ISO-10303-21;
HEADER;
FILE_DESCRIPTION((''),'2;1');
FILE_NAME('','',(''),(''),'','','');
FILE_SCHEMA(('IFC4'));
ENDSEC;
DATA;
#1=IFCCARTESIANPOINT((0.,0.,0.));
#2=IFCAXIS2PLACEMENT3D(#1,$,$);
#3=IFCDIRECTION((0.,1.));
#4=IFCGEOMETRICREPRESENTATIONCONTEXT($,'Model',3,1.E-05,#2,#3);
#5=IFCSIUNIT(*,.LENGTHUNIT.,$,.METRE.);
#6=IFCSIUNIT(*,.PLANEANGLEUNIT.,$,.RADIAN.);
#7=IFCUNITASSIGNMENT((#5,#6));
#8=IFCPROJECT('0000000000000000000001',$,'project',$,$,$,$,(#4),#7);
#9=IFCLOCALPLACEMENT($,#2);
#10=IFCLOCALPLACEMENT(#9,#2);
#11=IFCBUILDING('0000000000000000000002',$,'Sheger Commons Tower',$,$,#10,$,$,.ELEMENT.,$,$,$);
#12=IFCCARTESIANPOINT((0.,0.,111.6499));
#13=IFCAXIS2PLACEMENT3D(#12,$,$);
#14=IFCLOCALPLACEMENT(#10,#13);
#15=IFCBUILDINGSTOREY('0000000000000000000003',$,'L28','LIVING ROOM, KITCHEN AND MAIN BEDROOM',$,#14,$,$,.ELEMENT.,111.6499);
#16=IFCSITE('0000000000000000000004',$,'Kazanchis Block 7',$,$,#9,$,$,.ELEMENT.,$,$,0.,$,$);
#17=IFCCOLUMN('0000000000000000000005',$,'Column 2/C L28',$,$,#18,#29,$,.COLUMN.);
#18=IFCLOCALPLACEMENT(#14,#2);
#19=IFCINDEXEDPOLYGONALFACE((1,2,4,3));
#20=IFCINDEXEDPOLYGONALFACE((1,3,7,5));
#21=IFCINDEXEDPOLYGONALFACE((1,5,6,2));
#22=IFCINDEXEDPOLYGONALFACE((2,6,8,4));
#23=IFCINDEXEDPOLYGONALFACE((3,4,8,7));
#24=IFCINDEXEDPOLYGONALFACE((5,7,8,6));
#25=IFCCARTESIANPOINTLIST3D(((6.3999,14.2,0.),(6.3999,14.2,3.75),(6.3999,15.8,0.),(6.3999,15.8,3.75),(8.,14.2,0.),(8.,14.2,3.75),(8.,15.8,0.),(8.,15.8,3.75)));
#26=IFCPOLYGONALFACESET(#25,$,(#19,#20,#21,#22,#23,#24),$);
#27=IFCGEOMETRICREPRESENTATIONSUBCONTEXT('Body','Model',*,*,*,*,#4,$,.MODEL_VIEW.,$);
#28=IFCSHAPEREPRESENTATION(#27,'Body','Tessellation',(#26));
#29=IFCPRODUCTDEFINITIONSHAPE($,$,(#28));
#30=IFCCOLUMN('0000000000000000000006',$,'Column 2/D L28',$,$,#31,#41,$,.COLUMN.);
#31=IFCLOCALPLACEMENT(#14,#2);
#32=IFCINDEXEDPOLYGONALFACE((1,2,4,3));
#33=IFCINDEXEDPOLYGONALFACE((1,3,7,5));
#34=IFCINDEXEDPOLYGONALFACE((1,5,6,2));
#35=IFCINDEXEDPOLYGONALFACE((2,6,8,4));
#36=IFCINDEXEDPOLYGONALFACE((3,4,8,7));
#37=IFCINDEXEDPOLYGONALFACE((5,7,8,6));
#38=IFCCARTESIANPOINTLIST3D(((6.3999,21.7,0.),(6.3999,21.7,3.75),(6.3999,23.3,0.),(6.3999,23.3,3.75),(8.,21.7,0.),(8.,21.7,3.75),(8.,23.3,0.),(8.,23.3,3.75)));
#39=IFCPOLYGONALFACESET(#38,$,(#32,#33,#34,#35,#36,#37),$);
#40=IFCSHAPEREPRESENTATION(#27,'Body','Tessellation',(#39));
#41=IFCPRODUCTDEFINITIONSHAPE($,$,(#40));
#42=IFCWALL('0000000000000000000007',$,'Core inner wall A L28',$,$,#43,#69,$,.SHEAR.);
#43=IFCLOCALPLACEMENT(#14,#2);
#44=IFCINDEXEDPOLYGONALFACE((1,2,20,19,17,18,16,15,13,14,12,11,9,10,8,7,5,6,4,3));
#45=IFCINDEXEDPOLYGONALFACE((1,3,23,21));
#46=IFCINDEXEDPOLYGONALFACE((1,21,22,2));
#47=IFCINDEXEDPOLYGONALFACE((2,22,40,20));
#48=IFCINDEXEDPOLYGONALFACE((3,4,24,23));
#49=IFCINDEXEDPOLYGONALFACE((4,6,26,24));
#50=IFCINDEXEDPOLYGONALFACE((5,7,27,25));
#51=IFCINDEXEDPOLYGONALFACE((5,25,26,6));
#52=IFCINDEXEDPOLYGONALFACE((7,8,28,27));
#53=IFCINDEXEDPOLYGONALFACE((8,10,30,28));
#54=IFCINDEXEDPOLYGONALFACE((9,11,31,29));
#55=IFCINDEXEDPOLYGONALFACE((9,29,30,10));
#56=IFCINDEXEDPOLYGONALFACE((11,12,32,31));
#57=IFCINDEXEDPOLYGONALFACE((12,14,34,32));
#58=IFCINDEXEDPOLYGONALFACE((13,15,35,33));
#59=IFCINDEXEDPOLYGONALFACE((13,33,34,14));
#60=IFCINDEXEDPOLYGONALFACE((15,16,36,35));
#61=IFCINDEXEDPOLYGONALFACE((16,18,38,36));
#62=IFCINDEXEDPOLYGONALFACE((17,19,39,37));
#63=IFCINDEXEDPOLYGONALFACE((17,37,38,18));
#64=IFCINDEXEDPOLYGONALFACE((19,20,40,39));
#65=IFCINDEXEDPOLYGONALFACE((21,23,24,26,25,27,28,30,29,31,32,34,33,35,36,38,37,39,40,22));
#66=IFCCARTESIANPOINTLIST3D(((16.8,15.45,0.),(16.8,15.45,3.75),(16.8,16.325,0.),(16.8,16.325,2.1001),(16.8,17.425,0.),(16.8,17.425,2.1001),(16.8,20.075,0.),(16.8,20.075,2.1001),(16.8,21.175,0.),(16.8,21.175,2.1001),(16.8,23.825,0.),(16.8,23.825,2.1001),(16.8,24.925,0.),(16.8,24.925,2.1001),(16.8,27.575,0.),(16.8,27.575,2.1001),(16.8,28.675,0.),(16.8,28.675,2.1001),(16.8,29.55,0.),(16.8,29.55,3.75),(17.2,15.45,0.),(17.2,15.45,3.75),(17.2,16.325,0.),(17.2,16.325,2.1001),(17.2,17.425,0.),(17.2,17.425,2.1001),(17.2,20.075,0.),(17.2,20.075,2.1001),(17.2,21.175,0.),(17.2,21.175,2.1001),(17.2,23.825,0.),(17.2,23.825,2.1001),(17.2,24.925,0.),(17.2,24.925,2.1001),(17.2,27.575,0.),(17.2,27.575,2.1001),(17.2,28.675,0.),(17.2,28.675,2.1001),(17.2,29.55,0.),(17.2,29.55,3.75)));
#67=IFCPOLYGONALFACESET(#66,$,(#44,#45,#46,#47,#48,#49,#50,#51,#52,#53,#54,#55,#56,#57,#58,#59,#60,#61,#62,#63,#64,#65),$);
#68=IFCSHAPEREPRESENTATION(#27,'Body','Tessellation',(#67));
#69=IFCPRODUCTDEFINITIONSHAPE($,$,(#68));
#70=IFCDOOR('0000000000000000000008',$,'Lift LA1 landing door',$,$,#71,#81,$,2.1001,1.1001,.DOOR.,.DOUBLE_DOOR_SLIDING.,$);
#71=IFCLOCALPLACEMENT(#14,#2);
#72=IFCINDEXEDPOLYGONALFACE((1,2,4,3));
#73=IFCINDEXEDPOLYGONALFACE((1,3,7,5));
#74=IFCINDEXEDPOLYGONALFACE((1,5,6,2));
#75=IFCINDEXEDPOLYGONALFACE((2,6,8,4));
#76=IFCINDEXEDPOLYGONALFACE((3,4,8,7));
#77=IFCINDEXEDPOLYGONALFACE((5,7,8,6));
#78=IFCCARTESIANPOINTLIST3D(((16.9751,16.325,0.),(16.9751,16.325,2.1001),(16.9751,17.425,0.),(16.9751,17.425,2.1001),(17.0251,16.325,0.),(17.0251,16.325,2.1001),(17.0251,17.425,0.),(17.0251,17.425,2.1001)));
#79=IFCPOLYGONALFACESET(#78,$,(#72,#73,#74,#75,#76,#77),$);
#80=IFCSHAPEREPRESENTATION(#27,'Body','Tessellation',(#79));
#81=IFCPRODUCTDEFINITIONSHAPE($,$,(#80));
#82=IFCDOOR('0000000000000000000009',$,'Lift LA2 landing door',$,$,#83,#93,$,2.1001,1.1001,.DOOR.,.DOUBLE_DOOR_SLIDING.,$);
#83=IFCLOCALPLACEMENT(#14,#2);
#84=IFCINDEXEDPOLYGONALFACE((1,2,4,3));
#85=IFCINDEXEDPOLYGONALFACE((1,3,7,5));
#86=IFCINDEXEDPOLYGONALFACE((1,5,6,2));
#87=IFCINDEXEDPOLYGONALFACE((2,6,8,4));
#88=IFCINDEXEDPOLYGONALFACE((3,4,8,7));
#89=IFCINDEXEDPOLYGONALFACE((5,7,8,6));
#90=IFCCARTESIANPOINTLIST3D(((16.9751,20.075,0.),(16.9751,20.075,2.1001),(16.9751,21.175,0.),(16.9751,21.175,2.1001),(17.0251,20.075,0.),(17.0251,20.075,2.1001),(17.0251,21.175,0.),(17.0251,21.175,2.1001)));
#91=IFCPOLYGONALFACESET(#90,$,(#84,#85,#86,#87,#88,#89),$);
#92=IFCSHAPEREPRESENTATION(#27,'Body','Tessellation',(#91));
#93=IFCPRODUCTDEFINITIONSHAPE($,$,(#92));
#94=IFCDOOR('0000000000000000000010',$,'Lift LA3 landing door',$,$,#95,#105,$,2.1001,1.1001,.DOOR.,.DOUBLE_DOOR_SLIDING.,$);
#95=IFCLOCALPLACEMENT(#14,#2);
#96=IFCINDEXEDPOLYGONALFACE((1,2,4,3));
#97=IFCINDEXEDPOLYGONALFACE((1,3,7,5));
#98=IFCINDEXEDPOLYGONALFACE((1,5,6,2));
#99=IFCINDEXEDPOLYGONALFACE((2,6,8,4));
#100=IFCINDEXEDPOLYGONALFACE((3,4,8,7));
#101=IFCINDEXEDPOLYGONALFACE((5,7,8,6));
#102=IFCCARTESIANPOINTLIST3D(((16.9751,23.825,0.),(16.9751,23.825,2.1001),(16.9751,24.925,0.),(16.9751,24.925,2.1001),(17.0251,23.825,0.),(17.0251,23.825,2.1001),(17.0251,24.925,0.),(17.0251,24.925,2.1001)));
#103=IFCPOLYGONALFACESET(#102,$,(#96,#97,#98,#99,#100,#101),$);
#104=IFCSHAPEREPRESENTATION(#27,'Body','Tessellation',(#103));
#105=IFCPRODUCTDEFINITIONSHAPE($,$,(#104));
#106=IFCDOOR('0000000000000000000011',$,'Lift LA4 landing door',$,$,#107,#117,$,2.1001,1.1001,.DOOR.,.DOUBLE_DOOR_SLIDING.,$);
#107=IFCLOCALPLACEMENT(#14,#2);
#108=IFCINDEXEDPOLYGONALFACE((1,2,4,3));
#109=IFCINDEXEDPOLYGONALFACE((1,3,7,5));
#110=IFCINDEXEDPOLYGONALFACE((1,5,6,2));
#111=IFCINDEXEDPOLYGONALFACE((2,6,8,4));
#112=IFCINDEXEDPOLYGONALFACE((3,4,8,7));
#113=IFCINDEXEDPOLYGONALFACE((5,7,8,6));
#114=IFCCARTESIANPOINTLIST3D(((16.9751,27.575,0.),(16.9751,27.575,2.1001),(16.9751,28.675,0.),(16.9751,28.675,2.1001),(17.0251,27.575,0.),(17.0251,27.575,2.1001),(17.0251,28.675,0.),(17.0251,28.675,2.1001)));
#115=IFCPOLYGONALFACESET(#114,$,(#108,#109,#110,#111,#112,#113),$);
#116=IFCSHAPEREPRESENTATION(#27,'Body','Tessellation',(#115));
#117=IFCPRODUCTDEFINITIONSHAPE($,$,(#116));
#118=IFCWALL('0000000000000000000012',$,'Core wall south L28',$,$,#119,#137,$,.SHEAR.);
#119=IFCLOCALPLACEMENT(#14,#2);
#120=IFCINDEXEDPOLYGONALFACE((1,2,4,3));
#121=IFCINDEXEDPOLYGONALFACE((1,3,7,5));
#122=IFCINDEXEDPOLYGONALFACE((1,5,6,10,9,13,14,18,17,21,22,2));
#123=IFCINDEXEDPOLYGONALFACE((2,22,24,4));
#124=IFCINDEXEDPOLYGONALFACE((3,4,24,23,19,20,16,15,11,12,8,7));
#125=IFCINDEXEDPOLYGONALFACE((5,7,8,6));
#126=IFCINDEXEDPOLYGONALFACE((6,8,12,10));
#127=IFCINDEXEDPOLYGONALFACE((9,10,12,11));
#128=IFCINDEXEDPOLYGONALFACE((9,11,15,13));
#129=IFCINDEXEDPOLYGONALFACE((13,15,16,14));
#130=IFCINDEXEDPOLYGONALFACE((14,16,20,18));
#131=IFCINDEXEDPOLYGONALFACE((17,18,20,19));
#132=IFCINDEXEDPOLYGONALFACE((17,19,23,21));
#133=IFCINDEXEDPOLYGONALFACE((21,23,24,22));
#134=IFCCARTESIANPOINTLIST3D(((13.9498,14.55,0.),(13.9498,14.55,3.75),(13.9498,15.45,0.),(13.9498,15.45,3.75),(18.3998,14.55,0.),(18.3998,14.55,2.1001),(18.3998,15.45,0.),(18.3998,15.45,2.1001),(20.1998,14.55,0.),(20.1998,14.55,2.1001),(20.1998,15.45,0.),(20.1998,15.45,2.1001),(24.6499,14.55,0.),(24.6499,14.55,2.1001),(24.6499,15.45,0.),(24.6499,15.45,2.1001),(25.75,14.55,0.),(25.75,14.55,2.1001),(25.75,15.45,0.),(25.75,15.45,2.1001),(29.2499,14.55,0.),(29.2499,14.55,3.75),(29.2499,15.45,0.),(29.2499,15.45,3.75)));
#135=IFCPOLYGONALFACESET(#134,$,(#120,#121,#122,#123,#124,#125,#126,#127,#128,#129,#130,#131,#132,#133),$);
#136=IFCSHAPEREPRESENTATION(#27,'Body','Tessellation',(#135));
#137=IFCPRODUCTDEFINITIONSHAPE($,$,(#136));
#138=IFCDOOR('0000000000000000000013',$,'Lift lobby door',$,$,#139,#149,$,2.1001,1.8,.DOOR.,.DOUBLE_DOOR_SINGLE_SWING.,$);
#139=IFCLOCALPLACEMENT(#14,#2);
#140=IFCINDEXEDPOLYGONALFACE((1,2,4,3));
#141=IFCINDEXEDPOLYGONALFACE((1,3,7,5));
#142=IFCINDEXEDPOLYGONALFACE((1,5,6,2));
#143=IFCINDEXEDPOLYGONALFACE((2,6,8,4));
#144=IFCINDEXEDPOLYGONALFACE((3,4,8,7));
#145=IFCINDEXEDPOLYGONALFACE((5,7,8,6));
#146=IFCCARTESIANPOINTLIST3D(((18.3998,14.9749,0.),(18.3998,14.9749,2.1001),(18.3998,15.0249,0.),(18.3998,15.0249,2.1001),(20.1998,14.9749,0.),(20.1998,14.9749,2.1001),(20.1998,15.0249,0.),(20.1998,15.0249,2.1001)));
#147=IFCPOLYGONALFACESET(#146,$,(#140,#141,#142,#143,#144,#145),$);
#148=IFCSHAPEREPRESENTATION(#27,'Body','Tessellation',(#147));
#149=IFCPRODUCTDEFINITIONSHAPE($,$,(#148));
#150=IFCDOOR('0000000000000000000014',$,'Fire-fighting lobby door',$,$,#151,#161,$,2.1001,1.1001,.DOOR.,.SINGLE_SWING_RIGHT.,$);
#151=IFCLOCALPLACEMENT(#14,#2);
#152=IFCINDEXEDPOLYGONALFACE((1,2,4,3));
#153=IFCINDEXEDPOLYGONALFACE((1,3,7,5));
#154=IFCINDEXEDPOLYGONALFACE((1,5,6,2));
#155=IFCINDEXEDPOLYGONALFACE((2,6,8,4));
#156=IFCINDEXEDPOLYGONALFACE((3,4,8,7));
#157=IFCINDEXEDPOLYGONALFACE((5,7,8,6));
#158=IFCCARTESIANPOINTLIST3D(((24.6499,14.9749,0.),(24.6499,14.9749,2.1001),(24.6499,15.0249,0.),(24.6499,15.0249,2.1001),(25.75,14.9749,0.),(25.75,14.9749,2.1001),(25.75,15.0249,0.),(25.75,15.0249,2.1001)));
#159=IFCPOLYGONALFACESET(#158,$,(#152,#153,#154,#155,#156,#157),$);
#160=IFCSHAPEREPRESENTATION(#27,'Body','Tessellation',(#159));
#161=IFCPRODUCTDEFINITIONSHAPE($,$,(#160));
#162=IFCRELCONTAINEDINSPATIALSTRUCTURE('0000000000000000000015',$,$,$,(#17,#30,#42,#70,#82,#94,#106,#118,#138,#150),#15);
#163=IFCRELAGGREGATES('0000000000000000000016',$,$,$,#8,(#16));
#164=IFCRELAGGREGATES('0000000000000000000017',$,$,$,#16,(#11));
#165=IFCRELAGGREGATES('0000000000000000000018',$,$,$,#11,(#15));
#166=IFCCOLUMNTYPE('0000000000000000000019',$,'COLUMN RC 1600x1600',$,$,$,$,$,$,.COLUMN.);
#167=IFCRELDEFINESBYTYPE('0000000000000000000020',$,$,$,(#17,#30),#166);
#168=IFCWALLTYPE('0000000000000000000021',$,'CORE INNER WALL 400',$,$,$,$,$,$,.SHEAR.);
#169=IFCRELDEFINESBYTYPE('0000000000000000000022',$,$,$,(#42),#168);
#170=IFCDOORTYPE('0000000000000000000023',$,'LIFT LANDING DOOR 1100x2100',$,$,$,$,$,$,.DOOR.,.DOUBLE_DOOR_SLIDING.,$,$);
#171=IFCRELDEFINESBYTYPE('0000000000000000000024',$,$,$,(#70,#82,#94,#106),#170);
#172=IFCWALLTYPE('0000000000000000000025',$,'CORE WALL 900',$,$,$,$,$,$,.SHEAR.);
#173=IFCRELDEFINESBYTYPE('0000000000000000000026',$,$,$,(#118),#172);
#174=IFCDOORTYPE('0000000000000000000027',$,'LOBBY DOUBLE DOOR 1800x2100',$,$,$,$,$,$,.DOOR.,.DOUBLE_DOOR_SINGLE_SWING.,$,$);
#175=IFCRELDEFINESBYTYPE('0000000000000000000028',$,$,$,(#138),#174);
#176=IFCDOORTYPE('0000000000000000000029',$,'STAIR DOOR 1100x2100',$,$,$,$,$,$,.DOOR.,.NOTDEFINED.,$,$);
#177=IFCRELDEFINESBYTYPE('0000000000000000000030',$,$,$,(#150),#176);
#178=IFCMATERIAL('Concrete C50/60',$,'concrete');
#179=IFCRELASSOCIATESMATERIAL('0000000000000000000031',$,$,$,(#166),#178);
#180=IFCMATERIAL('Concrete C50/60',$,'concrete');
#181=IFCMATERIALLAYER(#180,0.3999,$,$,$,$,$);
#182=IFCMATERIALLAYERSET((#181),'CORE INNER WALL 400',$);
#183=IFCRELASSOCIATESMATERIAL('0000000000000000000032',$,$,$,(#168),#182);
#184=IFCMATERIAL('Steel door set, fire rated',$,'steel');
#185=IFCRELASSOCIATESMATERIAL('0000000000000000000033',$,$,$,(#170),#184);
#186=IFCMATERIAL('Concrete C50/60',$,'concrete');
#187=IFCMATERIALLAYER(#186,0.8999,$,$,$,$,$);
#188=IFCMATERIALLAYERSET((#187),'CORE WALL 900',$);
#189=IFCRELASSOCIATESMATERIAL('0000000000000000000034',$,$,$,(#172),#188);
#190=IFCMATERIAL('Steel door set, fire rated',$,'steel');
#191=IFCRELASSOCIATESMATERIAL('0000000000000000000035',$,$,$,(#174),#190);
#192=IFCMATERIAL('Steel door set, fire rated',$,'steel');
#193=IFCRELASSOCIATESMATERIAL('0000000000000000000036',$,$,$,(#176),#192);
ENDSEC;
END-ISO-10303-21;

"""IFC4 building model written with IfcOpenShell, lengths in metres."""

from ifc_helpers import new_model, si_unit, direction, frame, frame_2d, origin, origin_2d, place, context, subcontext, project, spatial, rectangle, extrude, material, layer, layer_set, material_profile, profile_set, type_object, element, fill, save


model = new_model("IFC4")

# Units and contexts
model_context = context("Model", 3, precision=1e-05, world=origin(), true_north=direction((0.0, 1.0)))
body_context = subcontext(model_context, "Body", "Model", "MODEL_VIEW")
ifc_project = project(units=[si_unit("LENGTHUNIT", "METRE"), si_unit("PLANEANGLEUNIT", "RADIAN")], contexts=[model_context])

# Site, building, storey
site_placement = place(None, origin())
site = spatial("IfcSite", under=ifc_project, at=site_placement, Name="Kazanchis Block 7", CompositionType="ELEMENT", RefElevation=0.0)
building_placement = place(site_placement, origin())
building = spatial("IfcBuilding", under=site, at=building_placement, Name="Sheger Commons Tower", CompositionType="ELEMENT")
storey_placement = place(building_placement, frame((0.0, 0.0, 111.6499)))
storey = spatial("IfcBuildingStorey", under=building, at=storey_placement, Name="L28", Description="LIVING ROOM, KITCHEN AND MAIN BEDROOM", CompositionType="ELEMENT", Elevation=111.6499)

# Columns
ifc_material_1 = material(Name="Concrete C50/60", Category="concrete")
ifc_material_profile = material_profile(ifc_material_1, rectangle(XDim=1.6001, YDim=1.6001, at=origin_2d()), Name="RC 1600x1600")
ifc_profile_set = profile_set([ifc_material_profile], Name="Concrete C50/60")
column_type = type_object("IfcColumnType", Name="COLUMN RC 1600x1600", PredefinedType="COLUMN", material=ifc_profile_set)
for number, where, z_axis, x_axis, name in (
    (1, (7.2, 15.0, 0.0), (0.0, 0.0, 1.0), (1.0, 0.0, 0.0), "Column 2/C L28"),
    (2, (7.2, 22.5, 0.0), (0.0, 0.0, 1.0), (1.0, 0.0, 0.0), "Column 2/D L28"),
):
    element("IfcColumn", number, at=place(storey_placement, frame(where, z_axis=z_axis, x_axis=x_axis)), inside=storey, type_object=column_type, Name=name, PredefinedType="COLUMN", context=body_context, shape_type="SweptSolid", body=[
        extrude(rectangle(XDim=1.6001, YDim=1.6001, at=origin_2d()), origin(), (0.0, 0.0, 1.0), 3.75),
    ])

# Walls, openings, doors
ifc_material_2 = material(Name="Concrete C50/60", Category="concrete")
ifc_layer_1 = layer(ifc_material_2, 0.3999)
ifc_layer_set_1 = layer_set([ifc_layer_1], Name="CORE INNER WALL 400")
wall_type_1 = type_object("IfcWallType", Name="CORE INNER WALL 400", PredefinedType="SHEAR", material=ifc_layer_set_1)
wall_1_placement = place(storey_placement, frame((17.0, 15.45, 0.0), z_axis=(0.0, 0.0, 1.0), x_axis=(0.0, 1.0, 0.0)))
wall_1 = element("IfcWall", 3, at=wall_1_placement, inside=storey, type_object=wall_type_1, Name="Core inner wall A L28", PredefinedType="SHEAR", context=body_context, shape_type="SweptSolid", body=[
    extrude(rectangle(XDim=14.1001, YDim=0.3999, at=frame_2d((7.05, 0.0))), origin(), (0.0, 0.0, 1.0), 3.75),
])
opening_1_placement = place(wall_1_placement, frame((0.875, 0.0, 0.0)))
opening_1 = element("IfcOpeningElement", 4, at=opening_1_placement, cuts=wall_1, PredefinedType="OPENING", context=body_context, shape_type="SweptSolid", body=[
    extrude(rectangle(XDim=1.1001, YDim=2.1001, at=frame_2d((0.55, 1.05))), frame((0.0, 0.21, 0.0), z_axis=(0.0, -1.0, 0.0), x_axis=(1.0, 0.0, 0.0)), (0.0, 0.0, 1.0), 0.4199),
])
opening_2_placement = place(wall_1_placement, frame((4.625, 0.0, 0.0)))
opening_2 = element("IfcOpeningElement", 5, at=opening_2_placement, cuts=wall_1, PredefinedType="OPENING", context=body_context, shape_type="SweptSolid", body=[
    extrude(rectangle(XDim=1.1001, YDim=2.1001, at=frame_2d((0.55, 1.05))), frame((0.0, 0.21, 0.0), z_axis=(0.0, -1.0, 0.0), x_axis=(1.0, 0.0, 0.0)), (0.0, 0.0, 1.0), 0.4199),
])
opening_3_placement = place(wall_1_placement, frame((8.375, 0.0, 0.0)))
opening_3 = element("IfcOpeningElement", 6, at=opening_3_placement, cuts=wall_1, PredefinedType="OPENING", context=body_context, shape_type="SweptSolid", body=[
    extrude(rectangle(XDim=1.1001, YDim=2.1001, at=frame_2d((0.55, 1.05))), frame((0.0, 0.21, 0.0), z_axis=(0.0, -1.0, 0.0), x_axis=(1.0, 0.0, 0.0)), (0.0, 0.0, 1.0), 0.4199),
])
opening_4_placement = place(wall_1_placement, frame((12.125, 0.0, 0.0)))
opening_4 = element("IfcOpeningElement", 7, at=opening_4_placement, cuts=wall_1, PredefinedType="OPENING", context=body_context, shape_type="SweptSolid", body=[
    extrude(rectangle(XDim=1.1001, YDim=2.1001, at=frame_2d((0.55, 1.05))), frame((0.0, 0.21, 0.0), z_axis=(0.0, -1.0, 0.0), x_axis=(1.0, 0.0, 0.0)), (0.0, 0.0, 1.0), 0.4199),
])
ifc_material_3 = material(Name="Steel door set, fire rated", Category="steel")
door_type_1 = type_object("IfcDoorType", Name="LIFT LANDING DOOR 1100x2100", OperationType="DOUBLE_DOOR_SLIDING", PredefinedType="DOOR", material=ifc_material_3)
door_1_placement = place(opening_1_placement, origin())
door_1 = element("IfcDoor", 8, at=door_1_placement, inside=storey, type_object=door_type_1, Name="Lift LA1 landing door", OperationType="DOUBLE_DOOR_SLIDING", OverallHeight=2.1001, OverallWidth=1.1001, PredefinedType="DOOR", context=body_context, shape_type="SweptSolid", body=[
    extrude(rectangle(XDim=1.1001, YDim=2.1001, at=frame_2d((0.55, 1.05))), frame((0.0, 0.0249, 0.0), z_axis=(0.0, -1.0, 0.0), x_axis=(1.0, 0.0, 0.0)), (0.0, 0.0, 1.0), 0.05),
])
fill(opening_1, door_1)
door_2_placement = place(opening_2_placement, origin())
door_2 = element("IfcDoor", 9, at=door_2_placement, inside=storey, type_object=door_type_1, Name="Lift LA2 landing door", OperationType="DOUBLE_DOOR_SLIDING", OverallHeight=2.1001, OverallWidth=1.1001, PredefinedType="DOOR", context=body_context, shape_type="SweptSolid", body=[
    extrude(rectangle(XDim=1.1001, YDim=2.1001, at=frame_2d((0.55, 1.05))), frame((0.0, 0.0249, 0.0), z_axis=(0.0, -1.0, 0.0), x_axis=(1.0, 0.0, 0.0)), (0.0, 0.0, 1.0), 0.05),
])
fill(opening_2, door_2)
door_3_placement = place(opening_3_placement, origin())
door_3 = element("IfcDoor", 10, at=door_3_placement, inside=storey, type_object=door_type_1, Name="Lift LA3 landing door", OperationType="DOUBLE_DOOR_SLIDING", OverallHeight=2.1001, OverallWidth=1.1001, PredefinedType="DOOR", context=body_context, shape_type="SweptSolid", body=[
    extrude(rectangle(XDim=1.1001, YDim=2.1001, at=frame_2d((0.55, 1.05))), frame((0.0, 0.0249, 0.0), z_axis=(0.0, -1.0, 0.0), x_axis=(1.0, 0.0, 0.0)), (0.0, 0.0, 1.0), 0.05),
])
fill(opening_3, door_3)
door_4_placement = place(opening_4_placement, origin())
door_4 = element("IfcDoor", 11, at=door_4_placement, inside=storey, type_object=door_type_1, Name="Lift LA4 landing door", OperationType="DOUBLE_DOOR_SLIDING", OverallHeight=2.1001, OverallWidth=1.1001, PredefinedType="DOOR", context=body_context, shape_type="SweptSolid", body=[
    extrude(rectangle(XDim=1.1001, YDim=2.1001, at=frame_2d((0.55, 1.05))), frame((0.0, 0.0249, 0.0), z_axis=(0.0, -1.0, 0.0), x_axis=(1.0, 0.0, 0.0)), (0.0, 0.0, 1.0), 0.05),
])
fill(opening_4, door_4)
ifc_material_4 = material(Name="Concrete C50/60", Category="concrete")
ifc_layer_2 = layer(ifc_material_4, 0.8999)
ifc_layer_set_2 = layer_set([ifc_layer_2], Name="CORE WALL 900")
wall_type_2 = type_object("IfcWallType", Name="CORE WALL 900", PredefinedType="SHEAR", material=ifc_layer_set_2)
wall_2_placement = place(storey_placement, frame((13.95, 15.0, 0.0), z_axis=(0.0, 0.0, 1.0), x_axis=(1.0, 0.0, 0.0)))
wall_2 = element("IfcWall", 12, at=wall_2_placement, inside=storey, type_object=wall_type_2, Name="Core wall south L28", PredefinedType="SHEAR", context=body_context, shape_type="SweptSolid", body=[
    extrude(rectangle(XDim=15.3, YDim=0.8999, at=frame_2d((7.6499, 0.0))), origin(), (0.0, 0.0, 1.0), 3.75),
])
opening_5_placement = place(wall_2_placement, frame((4.45, 0.0, 0.0)))
opening_5 = element("IfcOpeningElement", 13, at=opening_5_placement, cuts=wall_2, PredefinedType="OPENING", context=body_context, shape_type="SweptSolid", body=[
    extrude(rectangle(XDim=1.8, YDim=2.1001, at=frame_2d((0.8999, 1.05))), frame((0.0, 0.46, 0.0), z_axis=(0.0, -1.0, 0.0), x_axis=(1.0, 0.0, 0.0)), (0.0, 0.0, 1.0), 0.9199),
])
opening_6_placement = place(wall_2_placement, frame((10.7, 0.0, 0.0)))
opening_6 = element("IfcOpeningElement", 14, at=opening_6_placement, cuts=wall_2, PredefinedType="OPENING", context=body_context, shape_type="SweptSolid", body=[
    extrude(rectangle(XDim=1.1001, YDim=2.1001, at=frame_2d((0.55, 1.05))), frame((0.0, 0.46, 0.0), z_axis=(0.0, -1.0, 0.0), x_axis=(1.0, 0.0, 0.0)), (0.0, 0.0, 1.0), 0.9199),
])
ifc_material_5 = material(Name="Steel door set, fire rated", Category="steel")
door_type_2 = type_object("IfcDoorType", Name="LOBBY DOUBLE DOOR 1800x2100", OperationType="DOUBLE_DOOR_SINGLE_SWING", PredefinedType="DOOR", material=ifc_material_5)
door_5_placement = place(opening_5_placement, origin())
door_5 = element("IfcDoor", 15, at=door_5_placement, inside=storey, type_object=door_type_2, Name="Lift lobby door", OperationType="DOUBLE_DOOR_SINGLE_SWING", OverallHeight=2.1001, OverallWidth=1.8, PredefinedType="DOOR", context=body_context, shape_type="SweptSolid", body=[
    extrude(rectangle(XDim=1.8, YDim=2.1001, at=frame_2d((0.8999, 1.05))), frame((0.0, 0.0249, 0.0), z_axis=(0.0, -1.0, 0.0), x_axis=(1.0, 0.0, 0.0)), (0.0, 0.0, 1.0), 0.05),
])
fill(opening_5, door_5)
ifc_material_6 = material(Name="Steel door set, fire rated", Category="steel")
door_type_3 = type_object("IfcDoorType", Name="STAIR DOOR 1100x2100", OperationType="NOTDEFINED", PredefinedType="DOOR", material=ifc_material_6)
door_6_placement = place(opening_6_placement, origin())
door_6 = element("IfcDoor", 16, at=door_6_placement, inside=storey, type_object=door_type_3, Name="Fire-fighting lobby door", OperationType="SINGLE_SWING_RIGHT", OverallHeight=2.1001, OverallWidth=1.1001, PredefinedType="DOOR", context=body_context, shape_type="SweptSolid", body=[
    extrude(rectangle(XDim=1.1001, YDim=2.1001, at=frame_2d((0.55, 1.05))), frame((0.0, 0.0249, 0.0), z_axis=(0.0, -1.0, 0.0), x_axis=(1.0, 0.0, 0.0)), (0.0, 0.0, 1.0), 0.05),
])
fill(opening_6, door_6)

save(model, "model.ifc")
